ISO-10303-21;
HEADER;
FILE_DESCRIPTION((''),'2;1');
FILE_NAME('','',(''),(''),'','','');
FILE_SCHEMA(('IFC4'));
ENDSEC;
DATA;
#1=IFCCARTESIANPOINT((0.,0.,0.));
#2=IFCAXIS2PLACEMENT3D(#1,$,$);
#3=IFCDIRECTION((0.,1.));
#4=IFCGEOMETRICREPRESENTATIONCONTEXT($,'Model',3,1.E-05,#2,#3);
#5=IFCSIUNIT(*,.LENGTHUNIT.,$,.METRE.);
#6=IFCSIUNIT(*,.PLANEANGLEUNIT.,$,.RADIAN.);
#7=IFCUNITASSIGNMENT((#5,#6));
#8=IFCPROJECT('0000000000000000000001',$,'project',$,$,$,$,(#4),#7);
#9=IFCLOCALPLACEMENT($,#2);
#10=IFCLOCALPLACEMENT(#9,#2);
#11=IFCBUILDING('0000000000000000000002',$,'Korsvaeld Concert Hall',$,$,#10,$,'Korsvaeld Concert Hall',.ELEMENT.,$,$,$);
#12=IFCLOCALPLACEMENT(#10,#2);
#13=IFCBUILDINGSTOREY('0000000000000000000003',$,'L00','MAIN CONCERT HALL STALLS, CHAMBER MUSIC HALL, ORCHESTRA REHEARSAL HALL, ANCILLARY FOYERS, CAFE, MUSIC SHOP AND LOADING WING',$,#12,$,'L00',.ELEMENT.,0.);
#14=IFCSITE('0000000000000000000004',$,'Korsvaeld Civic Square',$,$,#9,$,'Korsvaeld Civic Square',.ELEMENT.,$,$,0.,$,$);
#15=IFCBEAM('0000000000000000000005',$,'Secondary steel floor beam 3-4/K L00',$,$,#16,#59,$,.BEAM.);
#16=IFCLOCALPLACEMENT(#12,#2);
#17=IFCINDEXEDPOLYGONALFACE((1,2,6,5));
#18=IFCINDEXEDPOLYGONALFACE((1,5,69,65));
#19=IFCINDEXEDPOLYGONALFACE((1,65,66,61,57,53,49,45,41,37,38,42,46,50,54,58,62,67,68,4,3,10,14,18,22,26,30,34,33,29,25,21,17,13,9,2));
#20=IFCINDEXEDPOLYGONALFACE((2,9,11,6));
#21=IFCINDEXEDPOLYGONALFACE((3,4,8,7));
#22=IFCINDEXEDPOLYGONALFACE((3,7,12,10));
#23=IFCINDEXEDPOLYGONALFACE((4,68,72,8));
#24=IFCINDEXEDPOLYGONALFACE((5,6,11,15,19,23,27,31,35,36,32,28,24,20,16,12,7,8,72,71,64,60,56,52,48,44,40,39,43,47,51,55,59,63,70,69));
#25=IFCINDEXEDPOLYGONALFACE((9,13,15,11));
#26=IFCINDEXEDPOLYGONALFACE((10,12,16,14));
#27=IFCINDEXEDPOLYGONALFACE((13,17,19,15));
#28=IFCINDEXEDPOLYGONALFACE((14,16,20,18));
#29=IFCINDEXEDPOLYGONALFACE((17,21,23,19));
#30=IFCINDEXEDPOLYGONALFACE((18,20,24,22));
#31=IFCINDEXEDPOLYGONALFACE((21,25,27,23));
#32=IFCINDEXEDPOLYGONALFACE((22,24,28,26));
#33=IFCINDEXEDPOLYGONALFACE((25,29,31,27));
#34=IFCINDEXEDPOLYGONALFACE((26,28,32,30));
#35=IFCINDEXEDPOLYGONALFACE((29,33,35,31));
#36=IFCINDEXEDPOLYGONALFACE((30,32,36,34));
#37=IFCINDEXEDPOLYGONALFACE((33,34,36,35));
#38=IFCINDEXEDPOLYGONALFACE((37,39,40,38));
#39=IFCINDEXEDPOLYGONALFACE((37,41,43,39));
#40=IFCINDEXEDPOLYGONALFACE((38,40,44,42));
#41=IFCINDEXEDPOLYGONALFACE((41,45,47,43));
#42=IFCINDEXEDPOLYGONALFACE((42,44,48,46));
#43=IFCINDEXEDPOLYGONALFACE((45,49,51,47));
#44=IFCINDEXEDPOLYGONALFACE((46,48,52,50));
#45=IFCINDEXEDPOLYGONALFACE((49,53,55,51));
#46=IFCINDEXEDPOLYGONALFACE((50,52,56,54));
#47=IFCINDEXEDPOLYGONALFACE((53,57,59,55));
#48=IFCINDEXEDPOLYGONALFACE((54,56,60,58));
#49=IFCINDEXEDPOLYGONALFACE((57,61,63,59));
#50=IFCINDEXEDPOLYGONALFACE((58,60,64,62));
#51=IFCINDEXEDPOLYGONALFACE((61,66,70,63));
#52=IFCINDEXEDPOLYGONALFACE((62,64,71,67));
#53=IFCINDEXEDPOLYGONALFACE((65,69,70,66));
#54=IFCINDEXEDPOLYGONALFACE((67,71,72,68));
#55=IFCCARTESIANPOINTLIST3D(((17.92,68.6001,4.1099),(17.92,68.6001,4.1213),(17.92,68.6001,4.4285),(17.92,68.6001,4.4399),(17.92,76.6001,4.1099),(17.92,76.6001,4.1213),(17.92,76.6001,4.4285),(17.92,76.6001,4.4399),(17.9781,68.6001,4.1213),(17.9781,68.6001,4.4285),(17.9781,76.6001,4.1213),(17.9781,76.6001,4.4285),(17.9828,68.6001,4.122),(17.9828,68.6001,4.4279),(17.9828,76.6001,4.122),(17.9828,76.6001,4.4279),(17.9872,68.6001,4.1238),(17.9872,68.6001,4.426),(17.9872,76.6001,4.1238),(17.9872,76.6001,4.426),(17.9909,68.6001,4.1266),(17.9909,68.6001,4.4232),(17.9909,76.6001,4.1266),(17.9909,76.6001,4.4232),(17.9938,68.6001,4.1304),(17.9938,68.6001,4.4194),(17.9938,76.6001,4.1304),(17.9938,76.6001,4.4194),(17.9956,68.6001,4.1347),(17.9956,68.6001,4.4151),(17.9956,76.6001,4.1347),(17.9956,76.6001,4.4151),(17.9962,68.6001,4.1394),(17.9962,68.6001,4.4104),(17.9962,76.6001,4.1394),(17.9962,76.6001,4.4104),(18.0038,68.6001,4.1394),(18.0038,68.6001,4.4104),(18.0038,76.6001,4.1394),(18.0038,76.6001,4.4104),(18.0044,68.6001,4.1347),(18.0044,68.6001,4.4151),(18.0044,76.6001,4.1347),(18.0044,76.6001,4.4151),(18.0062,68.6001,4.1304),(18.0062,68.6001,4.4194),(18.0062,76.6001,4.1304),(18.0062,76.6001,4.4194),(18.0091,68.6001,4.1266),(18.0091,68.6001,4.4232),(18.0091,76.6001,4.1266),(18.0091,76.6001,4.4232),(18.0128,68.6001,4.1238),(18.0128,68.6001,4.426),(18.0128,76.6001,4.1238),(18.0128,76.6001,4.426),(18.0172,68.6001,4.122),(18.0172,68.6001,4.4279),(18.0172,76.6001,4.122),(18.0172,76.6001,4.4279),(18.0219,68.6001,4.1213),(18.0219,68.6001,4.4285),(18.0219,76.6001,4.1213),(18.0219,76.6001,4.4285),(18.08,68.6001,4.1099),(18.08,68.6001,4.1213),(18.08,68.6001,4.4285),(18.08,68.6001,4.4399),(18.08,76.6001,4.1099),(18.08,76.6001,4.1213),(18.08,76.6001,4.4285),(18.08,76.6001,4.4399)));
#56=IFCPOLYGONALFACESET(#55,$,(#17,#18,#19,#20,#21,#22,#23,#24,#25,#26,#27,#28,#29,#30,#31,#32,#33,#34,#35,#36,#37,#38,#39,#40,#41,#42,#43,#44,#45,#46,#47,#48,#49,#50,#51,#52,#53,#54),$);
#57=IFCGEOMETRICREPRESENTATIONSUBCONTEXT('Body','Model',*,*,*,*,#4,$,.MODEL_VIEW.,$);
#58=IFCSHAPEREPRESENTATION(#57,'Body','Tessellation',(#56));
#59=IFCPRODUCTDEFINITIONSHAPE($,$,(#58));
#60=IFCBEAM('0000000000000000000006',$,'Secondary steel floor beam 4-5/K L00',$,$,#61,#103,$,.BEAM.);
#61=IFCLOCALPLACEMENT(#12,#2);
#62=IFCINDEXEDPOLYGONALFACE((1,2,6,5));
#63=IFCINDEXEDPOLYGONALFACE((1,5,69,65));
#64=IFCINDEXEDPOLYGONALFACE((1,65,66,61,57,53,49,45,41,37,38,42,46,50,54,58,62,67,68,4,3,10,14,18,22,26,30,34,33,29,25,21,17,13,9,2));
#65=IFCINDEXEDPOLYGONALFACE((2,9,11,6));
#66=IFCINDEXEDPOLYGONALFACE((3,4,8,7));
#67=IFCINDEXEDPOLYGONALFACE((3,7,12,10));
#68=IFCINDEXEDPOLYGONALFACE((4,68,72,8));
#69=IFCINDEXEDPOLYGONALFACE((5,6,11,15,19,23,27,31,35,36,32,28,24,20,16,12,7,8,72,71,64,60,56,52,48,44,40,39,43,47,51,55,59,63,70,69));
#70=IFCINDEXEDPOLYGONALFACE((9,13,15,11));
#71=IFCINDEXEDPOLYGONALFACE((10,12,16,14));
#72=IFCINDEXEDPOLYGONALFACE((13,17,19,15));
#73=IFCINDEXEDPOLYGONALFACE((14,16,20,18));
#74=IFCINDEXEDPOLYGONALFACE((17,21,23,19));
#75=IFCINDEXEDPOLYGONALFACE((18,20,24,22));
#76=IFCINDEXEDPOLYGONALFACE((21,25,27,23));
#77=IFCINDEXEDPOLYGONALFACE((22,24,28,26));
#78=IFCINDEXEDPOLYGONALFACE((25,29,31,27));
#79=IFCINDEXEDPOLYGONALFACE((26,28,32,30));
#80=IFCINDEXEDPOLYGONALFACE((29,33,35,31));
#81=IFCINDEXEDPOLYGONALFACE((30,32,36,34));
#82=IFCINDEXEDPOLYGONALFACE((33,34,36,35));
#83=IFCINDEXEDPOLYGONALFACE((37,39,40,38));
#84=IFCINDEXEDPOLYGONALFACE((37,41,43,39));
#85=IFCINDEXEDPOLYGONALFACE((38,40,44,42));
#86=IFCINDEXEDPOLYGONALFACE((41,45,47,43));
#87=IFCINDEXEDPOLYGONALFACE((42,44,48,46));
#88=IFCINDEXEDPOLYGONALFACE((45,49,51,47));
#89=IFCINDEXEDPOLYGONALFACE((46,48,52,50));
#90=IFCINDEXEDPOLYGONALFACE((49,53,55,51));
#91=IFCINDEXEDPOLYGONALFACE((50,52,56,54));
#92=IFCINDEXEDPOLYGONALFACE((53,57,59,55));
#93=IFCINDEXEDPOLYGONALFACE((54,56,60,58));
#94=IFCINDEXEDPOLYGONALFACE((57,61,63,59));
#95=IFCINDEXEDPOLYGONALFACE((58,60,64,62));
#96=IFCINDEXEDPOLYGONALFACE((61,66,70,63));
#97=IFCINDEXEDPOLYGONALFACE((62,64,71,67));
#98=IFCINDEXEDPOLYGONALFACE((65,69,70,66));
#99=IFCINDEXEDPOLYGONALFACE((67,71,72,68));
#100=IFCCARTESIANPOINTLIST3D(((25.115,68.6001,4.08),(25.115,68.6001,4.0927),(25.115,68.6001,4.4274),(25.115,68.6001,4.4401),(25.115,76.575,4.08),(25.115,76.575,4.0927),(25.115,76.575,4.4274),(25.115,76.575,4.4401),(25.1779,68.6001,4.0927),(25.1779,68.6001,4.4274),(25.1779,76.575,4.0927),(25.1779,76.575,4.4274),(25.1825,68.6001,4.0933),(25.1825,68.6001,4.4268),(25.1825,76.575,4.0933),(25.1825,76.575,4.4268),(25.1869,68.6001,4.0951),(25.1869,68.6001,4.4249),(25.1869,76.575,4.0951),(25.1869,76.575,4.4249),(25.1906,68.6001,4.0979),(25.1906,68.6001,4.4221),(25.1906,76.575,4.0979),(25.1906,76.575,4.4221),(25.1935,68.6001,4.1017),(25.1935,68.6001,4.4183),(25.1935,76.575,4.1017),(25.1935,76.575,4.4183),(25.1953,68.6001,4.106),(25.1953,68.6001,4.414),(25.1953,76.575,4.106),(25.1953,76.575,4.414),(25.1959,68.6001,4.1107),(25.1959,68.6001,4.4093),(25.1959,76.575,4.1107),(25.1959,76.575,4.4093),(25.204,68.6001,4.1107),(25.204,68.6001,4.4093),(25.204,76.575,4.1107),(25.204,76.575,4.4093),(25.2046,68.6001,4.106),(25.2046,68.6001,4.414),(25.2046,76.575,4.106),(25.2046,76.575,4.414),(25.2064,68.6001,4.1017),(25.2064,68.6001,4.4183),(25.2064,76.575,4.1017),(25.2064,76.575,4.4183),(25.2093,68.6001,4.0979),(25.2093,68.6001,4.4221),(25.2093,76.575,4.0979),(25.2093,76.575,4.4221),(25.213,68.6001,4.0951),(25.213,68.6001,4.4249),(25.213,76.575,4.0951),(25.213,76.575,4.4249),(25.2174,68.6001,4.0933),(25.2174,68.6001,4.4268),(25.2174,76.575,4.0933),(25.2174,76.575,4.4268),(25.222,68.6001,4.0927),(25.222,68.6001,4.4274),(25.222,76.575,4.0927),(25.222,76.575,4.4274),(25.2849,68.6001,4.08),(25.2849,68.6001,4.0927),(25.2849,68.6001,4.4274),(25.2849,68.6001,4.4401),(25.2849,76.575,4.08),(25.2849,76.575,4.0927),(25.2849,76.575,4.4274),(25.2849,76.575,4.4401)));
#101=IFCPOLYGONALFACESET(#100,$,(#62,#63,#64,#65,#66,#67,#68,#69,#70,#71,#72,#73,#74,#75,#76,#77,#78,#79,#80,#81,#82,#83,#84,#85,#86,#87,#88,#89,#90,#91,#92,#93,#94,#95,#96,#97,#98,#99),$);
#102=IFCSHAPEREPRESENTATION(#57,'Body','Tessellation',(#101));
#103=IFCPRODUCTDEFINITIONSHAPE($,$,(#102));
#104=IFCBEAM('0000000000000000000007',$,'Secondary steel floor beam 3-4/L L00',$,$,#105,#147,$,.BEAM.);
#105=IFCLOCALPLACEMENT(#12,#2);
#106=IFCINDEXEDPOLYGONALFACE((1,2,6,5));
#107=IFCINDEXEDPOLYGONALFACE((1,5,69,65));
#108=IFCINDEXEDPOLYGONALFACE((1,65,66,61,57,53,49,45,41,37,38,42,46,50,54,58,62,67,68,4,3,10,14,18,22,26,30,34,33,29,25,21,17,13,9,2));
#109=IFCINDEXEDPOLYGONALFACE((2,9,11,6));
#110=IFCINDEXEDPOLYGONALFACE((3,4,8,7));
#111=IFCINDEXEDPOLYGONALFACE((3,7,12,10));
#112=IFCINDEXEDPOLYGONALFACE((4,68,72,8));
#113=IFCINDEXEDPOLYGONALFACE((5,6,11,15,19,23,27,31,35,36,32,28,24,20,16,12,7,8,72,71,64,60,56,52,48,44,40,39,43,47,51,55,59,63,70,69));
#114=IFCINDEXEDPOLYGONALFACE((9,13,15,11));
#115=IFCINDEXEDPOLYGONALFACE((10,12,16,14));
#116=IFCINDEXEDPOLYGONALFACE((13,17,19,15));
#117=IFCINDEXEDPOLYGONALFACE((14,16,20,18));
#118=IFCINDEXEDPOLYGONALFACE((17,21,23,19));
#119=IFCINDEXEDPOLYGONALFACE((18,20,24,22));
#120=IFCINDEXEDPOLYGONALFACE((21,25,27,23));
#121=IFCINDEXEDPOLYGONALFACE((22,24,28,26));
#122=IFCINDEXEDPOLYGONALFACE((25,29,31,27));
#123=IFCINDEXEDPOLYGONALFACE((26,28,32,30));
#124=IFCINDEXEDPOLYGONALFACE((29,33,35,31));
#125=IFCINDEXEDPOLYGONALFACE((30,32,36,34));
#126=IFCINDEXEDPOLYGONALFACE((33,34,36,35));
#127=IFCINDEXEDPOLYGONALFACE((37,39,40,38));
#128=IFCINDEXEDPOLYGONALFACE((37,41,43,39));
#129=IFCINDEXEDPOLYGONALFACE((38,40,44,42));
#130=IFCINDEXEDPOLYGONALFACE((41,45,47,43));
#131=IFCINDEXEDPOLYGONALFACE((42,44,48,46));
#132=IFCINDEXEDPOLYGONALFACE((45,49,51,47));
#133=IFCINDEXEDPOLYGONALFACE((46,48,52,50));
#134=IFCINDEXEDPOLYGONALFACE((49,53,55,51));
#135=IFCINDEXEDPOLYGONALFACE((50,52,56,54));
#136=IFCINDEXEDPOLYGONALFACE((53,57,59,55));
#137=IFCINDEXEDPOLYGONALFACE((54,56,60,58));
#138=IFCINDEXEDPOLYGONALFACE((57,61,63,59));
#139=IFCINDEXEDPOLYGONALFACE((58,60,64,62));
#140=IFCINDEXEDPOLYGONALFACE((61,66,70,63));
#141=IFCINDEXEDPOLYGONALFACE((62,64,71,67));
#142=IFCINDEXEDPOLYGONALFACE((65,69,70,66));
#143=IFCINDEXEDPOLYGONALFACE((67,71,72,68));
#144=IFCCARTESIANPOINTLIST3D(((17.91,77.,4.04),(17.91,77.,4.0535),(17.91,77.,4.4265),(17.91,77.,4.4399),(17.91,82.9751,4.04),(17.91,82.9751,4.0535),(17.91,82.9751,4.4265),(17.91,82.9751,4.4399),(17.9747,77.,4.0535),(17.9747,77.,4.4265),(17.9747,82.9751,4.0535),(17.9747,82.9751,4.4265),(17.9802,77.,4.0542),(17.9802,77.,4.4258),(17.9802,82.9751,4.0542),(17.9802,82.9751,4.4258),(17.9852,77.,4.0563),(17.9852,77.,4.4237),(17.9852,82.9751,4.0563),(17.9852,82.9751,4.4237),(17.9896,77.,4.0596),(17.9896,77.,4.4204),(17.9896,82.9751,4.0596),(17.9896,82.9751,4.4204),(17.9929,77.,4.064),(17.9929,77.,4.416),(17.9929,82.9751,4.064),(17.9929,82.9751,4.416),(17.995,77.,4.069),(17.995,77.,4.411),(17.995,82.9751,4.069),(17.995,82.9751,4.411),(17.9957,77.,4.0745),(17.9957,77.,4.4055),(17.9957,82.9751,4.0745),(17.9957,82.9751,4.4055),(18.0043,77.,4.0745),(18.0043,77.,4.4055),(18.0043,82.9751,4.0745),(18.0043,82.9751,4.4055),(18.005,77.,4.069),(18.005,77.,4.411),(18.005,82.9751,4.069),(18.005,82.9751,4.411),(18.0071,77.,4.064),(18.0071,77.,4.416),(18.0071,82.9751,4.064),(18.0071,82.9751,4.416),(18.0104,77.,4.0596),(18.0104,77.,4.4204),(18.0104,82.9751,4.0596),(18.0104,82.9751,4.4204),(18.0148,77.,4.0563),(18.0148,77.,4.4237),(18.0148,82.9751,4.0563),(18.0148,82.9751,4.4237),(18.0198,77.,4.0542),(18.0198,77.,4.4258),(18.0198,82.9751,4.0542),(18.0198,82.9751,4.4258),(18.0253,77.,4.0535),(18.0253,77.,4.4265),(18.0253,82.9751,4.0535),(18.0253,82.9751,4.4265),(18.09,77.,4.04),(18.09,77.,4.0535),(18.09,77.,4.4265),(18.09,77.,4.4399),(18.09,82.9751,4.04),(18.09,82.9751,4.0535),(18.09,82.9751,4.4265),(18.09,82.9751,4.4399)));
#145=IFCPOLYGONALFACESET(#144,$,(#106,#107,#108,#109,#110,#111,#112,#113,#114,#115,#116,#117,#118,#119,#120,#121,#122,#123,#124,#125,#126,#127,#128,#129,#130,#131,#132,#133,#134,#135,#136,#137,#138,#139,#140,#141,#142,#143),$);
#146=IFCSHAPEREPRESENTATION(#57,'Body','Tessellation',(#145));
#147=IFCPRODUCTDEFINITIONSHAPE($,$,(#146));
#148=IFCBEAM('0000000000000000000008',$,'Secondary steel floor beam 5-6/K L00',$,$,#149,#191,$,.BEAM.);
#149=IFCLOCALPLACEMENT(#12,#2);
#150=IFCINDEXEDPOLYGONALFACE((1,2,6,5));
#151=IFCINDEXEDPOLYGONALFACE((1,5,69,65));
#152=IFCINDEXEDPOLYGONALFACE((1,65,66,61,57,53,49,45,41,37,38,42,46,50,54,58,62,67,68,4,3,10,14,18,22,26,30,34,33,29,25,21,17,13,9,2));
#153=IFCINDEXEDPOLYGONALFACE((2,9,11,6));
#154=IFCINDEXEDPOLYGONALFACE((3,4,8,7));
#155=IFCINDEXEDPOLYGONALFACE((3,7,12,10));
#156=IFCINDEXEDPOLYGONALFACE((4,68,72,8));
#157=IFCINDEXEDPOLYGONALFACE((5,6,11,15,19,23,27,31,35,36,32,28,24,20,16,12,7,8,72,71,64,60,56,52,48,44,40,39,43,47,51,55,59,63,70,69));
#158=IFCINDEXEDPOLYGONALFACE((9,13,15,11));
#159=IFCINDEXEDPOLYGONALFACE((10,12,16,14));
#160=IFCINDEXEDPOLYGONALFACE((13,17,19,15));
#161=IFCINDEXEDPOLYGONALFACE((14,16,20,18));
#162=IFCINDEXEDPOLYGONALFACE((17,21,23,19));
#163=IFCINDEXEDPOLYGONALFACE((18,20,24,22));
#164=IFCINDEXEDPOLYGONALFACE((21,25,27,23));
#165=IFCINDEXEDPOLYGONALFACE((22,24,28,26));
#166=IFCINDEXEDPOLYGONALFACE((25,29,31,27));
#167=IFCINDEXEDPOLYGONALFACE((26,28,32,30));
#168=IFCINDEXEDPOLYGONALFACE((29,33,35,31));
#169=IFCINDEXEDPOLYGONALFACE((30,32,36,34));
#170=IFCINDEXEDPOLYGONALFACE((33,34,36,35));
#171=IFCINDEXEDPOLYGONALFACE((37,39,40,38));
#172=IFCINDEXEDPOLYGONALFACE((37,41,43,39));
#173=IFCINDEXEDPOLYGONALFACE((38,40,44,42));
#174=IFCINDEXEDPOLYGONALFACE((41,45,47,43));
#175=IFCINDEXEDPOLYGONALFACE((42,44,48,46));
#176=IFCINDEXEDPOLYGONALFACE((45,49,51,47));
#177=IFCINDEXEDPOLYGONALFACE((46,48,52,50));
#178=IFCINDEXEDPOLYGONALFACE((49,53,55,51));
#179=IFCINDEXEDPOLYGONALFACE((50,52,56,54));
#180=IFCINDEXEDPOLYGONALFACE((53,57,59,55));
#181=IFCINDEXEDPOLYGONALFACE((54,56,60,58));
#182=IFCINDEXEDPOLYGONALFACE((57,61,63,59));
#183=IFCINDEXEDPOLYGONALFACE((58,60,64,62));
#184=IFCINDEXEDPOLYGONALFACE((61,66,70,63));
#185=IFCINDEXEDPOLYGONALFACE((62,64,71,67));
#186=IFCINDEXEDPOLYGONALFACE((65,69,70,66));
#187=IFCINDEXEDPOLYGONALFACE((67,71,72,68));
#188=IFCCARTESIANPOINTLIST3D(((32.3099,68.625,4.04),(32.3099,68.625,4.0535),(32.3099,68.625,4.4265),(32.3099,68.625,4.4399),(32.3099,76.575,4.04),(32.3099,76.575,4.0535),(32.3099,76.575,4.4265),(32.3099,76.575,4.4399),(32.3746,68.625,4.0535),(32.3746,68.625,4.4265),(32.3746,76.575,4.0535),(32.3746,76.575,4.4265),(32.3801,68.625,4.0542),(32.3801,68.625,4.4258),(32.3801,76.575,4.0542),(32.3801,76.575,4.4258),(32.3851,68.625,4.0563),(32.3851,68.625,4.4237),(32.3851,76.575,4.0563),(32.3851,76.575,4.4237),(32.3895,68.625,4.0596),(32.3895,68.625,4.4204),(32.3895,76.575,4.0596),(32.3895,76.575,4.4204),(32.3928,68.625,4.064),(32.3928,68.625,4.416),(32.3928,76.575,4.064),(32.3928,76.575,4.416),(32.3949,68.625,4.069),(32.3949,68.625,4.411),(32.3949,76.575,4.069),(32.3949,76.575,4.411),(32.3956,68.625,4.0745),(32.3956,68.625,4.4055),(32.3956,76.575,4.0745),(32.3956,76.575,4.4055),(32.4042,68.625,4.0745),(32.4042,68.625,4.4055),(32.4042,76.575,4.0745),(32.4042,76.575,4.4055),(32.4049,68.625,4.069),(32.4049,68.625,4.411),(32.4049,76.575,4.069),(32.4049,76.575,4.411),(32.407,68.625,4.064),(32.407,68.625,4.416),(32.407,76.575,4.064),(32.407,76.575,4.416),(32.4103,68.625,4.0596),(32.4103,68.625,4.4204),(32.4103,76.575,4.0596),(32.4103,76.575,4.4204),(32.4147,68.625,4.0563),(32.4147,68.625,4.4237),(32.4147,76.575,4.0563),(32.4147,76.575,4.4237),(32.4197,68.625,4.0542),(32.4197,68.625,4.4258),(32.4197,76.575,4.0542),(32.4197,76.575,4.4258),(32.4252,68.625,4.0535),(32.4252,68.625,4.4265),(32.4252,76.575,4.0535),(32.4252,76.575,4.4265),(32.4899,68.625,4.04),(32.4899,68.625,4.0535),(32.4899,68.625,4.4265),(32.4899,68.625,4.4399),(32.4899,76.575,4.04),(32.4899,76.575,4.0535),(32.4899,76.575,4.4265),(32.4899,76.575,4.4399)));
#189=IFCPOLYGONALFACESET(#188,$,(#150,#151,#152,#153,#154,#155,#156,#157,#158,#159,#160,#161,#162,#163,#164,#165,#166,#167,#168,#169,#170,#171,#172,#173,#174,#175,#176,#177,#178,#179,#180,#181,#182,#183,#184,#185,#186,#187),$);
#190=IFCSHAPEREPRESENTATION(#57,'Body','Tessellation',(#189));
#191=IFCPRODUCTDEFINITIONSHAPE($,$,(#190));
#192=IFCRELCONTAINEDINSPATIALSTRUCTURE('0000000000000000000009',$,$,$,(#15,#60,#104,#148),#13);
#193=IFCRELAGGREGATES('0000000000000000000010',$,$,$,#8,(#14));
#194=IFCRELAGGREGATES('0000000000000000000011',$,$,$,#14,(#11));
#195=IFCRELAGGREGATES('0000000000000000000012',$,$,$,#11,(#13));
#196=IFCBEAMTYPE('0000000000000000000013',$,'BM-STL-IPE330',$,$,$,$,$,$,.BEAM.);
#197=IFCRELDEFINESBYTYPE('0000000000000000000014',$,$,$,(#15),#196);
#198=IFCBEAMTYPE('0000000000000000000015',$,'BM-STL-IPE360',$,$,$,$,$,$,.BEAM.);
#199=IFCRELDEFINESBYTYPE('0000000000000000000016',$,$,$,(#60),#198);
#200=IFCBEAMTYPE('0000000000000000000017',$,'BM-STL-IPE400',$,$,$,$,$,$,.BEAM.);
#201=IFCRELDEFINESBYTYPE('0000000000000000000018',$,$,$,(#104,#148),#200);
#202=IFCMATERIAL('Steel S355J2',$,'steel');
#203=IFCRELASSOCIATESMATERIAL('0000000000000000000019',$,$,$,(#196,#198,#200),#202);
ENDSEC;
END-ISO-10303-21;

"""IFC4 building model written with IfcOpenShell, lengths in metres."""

from ifc_helpers import new_model, si_unit, direction, frame, origin, origin_2d, place, context, subcontext, project, spatial, i_section, extrude, material, material_profile, profile_set, type_object, element, save


model = new_model("IFC4")

# Units and contexts
model_context = context("Model", 3, precision=1e-05, world=origin(), true_north=direction((0.0, 1.0)))
body_context = subcontext(model_context, "Body", "Model", "MODEL_VIEW")
ifc_project = project(units=[si_unit("LENGTHUNIT", "METRE"), si_unit("PLANEANGLEUNIT", "RADIAN")], contexts=[model_context])

# Site, building, storey
site_placement = place(None, origin())
site = spatial("IfcSite", under=ifc_project, at=site_placement, Name="Korsvaeld Civic Square", LongName="Korsvaeld Civic Square", CompositionType="ELEMENT", RefElevation=0.0)
building_placement = place(site_placement, origin())
building = spatial("IfcBuilding", under=site, at=building_placement, Name="Korsvaeld Concert Hall", LongName="Korsvaeld Concert Hall", CompositionType="ELEMENT")
storey_placement = place(building_placement, origin())
storey = spatial("IfcBuildingStorey", under=building, at=storey_placement, Name="L00", Description="MAIN CONCERT HALL STALLS, CHAMBER MUSIC HALL, ORCHESTRA REHEARSAL HALL, ANCILLARY FOYERS, CAFE, MUSIC SHOP AND LOADING WING", LongName="L00", CompositionType="ELEMENT", Elevation=0.0)

# Beams
ifc_material_1 = material(Name="Steel S355J2", Category="steel")
ifc_material_profile_1 = material_profile(ifc_material_1, i_section(OverallWidth=0.1599, OverallDepth=0.3301, WebThickness=0.0076, FlangeThickness=0.0115, FilletRadius=0.0181, at=origin_2d()), Name="IPE 330")
ifc_profile_set_1 = profile_set([ifc_material_profile_1], Name="Steel S355J2")
beam_type_1 = type_object("IfcBeamType", Name="BM-STL-IPE330", PredefinedType="BEAM", material=ifc_profile_set_1)
beam_1_placement = place(storey_placement, frame((18.0, 68.6001, 4.2749), z_axis=(0.0, 1.0, 0.0), x_axis=(-1.0, 0.0, 0.0)))
element("IfcBeam", 1, at=beam_1_placement, inside=storey, type_object=beam_type_1, Name="Secondary steel floor beam 3-4/K L00", PredefinedType="BEAM", context=body_context, shape_type="SweptSolid", body=[
    extrude(i_section(OverallWidth=0.1599, OverallDepth=0.3301, WebThickness=0.0076, FlangeThickness=0.0115, FilletRadius=0.0181, at=origin_2d()), origin(), (0.0, 0.0, 1.0), 8.0),
])
ifc_material_profile_2 = material_profile(ifc_material_1, i_section(OverallWidth=0.1699, OverallDepth=0.3601, WebThickness=0.0081, FlangeThickness=0.0127, FilletRadius=0.0181, at=origin_2d()), Name="IPE 360")
ifc_profile_set_2 = profile_set([ifc_material_profile_2], Name="Steel S355J2")
beam_type_2 = type_object("IfcBeamType", Name="BM-STL-IPE360", PredefinedType="BEAM", material=ifc_profile_set_2)
beam_2_placement = place(storey_placement, frame((25.2, 68.6001, 4.26), z_axis=(0.0, 1.0, 0.0), x_axis=(-1.0, 0.0, 0.0)))
element("IfcBeam", 2, at=beam_2_placement, inside=storey, type_object=beam_type_2, Name="Secondary steel floor beam 4-5/K L00", PredefinedType="BEAM", context=body_context, shape_type="SweptSolid", body=[
    extrude(i_section(OverallWidth=0.1699, OverallDepth=0.3601, WebThickness=0.0081, FlangeThickness=0.0127, FilletRadius=0.0181, at=origin_2d()), origin(), (0.0, 0.0, 1.0), 7.9749),
])
ifc_material_profile_3 = material_profile(ifc_material_1, i_section(OverallWidth=0.1799, OverallDepth=0.3999, WebThickness=0.0085, FlangeThickness=0.0134, FilletRadius=0.021, at=origin_2d()), Name="IPE 400")
ifc_profile_set_3 = profile_set([ifc_material_profile_3], Name="Steel S355J2")
beam_type_3 = type_object("IfcBeamType", Name="BM-STL-IPE400", PredefinedType="BEAM", material=ifc_profile_set_3)
beam_3_placement = place(storey_placement, frame((18.0, 77.0, 4.24), z_axis=(0.0, 1.0, 0.0), x_axis=(-1.0, 0.0, 0.0)))
element("IfcBeam", 3, at=beam_3_placement, inside=storey, type_object=beam_type_3, Name="Secondary steel floor beam 3-4/L L00", PredefinedType="BEAM", context=body_context, shape_type="SweptSolid", body=[
    extrude(i_section(OverallWidth=0.1799, OverallDepth=0.3999, WebThickness=0.0085, FlangeThickness=0.0134, FilletRadius=0.021, at=origin_2d()), origin(), (0.0, 0.0, 1.0), 5.9751),
])
beam_4_placement = place(storey_placement, frame((32.3999, 68.625, 4.24), z_axis=(0.0, 1.0, 0.0), x_axis=(-1.0, 0.0, 0.0)))
element("IfcBeam", 4, at=beam_4_placement, inside=storey, type_object=beam_type_3, Name="Secondary steel floor beam 5-6/K L00", PredefinedType="BEAM", context=body_context, shape_type="SweptSolid", body=[
    extrude(i_section(OverallWidth=0.1799, OverallDepth=0.3999, WebThickness=0.0085, FlangeThickness=0.0134, FilletRadius=0.021, at=origin_2d()), origin(), (0.0, 0.0, 1.0), 7.95),
])

save(model, "model.ifc")
